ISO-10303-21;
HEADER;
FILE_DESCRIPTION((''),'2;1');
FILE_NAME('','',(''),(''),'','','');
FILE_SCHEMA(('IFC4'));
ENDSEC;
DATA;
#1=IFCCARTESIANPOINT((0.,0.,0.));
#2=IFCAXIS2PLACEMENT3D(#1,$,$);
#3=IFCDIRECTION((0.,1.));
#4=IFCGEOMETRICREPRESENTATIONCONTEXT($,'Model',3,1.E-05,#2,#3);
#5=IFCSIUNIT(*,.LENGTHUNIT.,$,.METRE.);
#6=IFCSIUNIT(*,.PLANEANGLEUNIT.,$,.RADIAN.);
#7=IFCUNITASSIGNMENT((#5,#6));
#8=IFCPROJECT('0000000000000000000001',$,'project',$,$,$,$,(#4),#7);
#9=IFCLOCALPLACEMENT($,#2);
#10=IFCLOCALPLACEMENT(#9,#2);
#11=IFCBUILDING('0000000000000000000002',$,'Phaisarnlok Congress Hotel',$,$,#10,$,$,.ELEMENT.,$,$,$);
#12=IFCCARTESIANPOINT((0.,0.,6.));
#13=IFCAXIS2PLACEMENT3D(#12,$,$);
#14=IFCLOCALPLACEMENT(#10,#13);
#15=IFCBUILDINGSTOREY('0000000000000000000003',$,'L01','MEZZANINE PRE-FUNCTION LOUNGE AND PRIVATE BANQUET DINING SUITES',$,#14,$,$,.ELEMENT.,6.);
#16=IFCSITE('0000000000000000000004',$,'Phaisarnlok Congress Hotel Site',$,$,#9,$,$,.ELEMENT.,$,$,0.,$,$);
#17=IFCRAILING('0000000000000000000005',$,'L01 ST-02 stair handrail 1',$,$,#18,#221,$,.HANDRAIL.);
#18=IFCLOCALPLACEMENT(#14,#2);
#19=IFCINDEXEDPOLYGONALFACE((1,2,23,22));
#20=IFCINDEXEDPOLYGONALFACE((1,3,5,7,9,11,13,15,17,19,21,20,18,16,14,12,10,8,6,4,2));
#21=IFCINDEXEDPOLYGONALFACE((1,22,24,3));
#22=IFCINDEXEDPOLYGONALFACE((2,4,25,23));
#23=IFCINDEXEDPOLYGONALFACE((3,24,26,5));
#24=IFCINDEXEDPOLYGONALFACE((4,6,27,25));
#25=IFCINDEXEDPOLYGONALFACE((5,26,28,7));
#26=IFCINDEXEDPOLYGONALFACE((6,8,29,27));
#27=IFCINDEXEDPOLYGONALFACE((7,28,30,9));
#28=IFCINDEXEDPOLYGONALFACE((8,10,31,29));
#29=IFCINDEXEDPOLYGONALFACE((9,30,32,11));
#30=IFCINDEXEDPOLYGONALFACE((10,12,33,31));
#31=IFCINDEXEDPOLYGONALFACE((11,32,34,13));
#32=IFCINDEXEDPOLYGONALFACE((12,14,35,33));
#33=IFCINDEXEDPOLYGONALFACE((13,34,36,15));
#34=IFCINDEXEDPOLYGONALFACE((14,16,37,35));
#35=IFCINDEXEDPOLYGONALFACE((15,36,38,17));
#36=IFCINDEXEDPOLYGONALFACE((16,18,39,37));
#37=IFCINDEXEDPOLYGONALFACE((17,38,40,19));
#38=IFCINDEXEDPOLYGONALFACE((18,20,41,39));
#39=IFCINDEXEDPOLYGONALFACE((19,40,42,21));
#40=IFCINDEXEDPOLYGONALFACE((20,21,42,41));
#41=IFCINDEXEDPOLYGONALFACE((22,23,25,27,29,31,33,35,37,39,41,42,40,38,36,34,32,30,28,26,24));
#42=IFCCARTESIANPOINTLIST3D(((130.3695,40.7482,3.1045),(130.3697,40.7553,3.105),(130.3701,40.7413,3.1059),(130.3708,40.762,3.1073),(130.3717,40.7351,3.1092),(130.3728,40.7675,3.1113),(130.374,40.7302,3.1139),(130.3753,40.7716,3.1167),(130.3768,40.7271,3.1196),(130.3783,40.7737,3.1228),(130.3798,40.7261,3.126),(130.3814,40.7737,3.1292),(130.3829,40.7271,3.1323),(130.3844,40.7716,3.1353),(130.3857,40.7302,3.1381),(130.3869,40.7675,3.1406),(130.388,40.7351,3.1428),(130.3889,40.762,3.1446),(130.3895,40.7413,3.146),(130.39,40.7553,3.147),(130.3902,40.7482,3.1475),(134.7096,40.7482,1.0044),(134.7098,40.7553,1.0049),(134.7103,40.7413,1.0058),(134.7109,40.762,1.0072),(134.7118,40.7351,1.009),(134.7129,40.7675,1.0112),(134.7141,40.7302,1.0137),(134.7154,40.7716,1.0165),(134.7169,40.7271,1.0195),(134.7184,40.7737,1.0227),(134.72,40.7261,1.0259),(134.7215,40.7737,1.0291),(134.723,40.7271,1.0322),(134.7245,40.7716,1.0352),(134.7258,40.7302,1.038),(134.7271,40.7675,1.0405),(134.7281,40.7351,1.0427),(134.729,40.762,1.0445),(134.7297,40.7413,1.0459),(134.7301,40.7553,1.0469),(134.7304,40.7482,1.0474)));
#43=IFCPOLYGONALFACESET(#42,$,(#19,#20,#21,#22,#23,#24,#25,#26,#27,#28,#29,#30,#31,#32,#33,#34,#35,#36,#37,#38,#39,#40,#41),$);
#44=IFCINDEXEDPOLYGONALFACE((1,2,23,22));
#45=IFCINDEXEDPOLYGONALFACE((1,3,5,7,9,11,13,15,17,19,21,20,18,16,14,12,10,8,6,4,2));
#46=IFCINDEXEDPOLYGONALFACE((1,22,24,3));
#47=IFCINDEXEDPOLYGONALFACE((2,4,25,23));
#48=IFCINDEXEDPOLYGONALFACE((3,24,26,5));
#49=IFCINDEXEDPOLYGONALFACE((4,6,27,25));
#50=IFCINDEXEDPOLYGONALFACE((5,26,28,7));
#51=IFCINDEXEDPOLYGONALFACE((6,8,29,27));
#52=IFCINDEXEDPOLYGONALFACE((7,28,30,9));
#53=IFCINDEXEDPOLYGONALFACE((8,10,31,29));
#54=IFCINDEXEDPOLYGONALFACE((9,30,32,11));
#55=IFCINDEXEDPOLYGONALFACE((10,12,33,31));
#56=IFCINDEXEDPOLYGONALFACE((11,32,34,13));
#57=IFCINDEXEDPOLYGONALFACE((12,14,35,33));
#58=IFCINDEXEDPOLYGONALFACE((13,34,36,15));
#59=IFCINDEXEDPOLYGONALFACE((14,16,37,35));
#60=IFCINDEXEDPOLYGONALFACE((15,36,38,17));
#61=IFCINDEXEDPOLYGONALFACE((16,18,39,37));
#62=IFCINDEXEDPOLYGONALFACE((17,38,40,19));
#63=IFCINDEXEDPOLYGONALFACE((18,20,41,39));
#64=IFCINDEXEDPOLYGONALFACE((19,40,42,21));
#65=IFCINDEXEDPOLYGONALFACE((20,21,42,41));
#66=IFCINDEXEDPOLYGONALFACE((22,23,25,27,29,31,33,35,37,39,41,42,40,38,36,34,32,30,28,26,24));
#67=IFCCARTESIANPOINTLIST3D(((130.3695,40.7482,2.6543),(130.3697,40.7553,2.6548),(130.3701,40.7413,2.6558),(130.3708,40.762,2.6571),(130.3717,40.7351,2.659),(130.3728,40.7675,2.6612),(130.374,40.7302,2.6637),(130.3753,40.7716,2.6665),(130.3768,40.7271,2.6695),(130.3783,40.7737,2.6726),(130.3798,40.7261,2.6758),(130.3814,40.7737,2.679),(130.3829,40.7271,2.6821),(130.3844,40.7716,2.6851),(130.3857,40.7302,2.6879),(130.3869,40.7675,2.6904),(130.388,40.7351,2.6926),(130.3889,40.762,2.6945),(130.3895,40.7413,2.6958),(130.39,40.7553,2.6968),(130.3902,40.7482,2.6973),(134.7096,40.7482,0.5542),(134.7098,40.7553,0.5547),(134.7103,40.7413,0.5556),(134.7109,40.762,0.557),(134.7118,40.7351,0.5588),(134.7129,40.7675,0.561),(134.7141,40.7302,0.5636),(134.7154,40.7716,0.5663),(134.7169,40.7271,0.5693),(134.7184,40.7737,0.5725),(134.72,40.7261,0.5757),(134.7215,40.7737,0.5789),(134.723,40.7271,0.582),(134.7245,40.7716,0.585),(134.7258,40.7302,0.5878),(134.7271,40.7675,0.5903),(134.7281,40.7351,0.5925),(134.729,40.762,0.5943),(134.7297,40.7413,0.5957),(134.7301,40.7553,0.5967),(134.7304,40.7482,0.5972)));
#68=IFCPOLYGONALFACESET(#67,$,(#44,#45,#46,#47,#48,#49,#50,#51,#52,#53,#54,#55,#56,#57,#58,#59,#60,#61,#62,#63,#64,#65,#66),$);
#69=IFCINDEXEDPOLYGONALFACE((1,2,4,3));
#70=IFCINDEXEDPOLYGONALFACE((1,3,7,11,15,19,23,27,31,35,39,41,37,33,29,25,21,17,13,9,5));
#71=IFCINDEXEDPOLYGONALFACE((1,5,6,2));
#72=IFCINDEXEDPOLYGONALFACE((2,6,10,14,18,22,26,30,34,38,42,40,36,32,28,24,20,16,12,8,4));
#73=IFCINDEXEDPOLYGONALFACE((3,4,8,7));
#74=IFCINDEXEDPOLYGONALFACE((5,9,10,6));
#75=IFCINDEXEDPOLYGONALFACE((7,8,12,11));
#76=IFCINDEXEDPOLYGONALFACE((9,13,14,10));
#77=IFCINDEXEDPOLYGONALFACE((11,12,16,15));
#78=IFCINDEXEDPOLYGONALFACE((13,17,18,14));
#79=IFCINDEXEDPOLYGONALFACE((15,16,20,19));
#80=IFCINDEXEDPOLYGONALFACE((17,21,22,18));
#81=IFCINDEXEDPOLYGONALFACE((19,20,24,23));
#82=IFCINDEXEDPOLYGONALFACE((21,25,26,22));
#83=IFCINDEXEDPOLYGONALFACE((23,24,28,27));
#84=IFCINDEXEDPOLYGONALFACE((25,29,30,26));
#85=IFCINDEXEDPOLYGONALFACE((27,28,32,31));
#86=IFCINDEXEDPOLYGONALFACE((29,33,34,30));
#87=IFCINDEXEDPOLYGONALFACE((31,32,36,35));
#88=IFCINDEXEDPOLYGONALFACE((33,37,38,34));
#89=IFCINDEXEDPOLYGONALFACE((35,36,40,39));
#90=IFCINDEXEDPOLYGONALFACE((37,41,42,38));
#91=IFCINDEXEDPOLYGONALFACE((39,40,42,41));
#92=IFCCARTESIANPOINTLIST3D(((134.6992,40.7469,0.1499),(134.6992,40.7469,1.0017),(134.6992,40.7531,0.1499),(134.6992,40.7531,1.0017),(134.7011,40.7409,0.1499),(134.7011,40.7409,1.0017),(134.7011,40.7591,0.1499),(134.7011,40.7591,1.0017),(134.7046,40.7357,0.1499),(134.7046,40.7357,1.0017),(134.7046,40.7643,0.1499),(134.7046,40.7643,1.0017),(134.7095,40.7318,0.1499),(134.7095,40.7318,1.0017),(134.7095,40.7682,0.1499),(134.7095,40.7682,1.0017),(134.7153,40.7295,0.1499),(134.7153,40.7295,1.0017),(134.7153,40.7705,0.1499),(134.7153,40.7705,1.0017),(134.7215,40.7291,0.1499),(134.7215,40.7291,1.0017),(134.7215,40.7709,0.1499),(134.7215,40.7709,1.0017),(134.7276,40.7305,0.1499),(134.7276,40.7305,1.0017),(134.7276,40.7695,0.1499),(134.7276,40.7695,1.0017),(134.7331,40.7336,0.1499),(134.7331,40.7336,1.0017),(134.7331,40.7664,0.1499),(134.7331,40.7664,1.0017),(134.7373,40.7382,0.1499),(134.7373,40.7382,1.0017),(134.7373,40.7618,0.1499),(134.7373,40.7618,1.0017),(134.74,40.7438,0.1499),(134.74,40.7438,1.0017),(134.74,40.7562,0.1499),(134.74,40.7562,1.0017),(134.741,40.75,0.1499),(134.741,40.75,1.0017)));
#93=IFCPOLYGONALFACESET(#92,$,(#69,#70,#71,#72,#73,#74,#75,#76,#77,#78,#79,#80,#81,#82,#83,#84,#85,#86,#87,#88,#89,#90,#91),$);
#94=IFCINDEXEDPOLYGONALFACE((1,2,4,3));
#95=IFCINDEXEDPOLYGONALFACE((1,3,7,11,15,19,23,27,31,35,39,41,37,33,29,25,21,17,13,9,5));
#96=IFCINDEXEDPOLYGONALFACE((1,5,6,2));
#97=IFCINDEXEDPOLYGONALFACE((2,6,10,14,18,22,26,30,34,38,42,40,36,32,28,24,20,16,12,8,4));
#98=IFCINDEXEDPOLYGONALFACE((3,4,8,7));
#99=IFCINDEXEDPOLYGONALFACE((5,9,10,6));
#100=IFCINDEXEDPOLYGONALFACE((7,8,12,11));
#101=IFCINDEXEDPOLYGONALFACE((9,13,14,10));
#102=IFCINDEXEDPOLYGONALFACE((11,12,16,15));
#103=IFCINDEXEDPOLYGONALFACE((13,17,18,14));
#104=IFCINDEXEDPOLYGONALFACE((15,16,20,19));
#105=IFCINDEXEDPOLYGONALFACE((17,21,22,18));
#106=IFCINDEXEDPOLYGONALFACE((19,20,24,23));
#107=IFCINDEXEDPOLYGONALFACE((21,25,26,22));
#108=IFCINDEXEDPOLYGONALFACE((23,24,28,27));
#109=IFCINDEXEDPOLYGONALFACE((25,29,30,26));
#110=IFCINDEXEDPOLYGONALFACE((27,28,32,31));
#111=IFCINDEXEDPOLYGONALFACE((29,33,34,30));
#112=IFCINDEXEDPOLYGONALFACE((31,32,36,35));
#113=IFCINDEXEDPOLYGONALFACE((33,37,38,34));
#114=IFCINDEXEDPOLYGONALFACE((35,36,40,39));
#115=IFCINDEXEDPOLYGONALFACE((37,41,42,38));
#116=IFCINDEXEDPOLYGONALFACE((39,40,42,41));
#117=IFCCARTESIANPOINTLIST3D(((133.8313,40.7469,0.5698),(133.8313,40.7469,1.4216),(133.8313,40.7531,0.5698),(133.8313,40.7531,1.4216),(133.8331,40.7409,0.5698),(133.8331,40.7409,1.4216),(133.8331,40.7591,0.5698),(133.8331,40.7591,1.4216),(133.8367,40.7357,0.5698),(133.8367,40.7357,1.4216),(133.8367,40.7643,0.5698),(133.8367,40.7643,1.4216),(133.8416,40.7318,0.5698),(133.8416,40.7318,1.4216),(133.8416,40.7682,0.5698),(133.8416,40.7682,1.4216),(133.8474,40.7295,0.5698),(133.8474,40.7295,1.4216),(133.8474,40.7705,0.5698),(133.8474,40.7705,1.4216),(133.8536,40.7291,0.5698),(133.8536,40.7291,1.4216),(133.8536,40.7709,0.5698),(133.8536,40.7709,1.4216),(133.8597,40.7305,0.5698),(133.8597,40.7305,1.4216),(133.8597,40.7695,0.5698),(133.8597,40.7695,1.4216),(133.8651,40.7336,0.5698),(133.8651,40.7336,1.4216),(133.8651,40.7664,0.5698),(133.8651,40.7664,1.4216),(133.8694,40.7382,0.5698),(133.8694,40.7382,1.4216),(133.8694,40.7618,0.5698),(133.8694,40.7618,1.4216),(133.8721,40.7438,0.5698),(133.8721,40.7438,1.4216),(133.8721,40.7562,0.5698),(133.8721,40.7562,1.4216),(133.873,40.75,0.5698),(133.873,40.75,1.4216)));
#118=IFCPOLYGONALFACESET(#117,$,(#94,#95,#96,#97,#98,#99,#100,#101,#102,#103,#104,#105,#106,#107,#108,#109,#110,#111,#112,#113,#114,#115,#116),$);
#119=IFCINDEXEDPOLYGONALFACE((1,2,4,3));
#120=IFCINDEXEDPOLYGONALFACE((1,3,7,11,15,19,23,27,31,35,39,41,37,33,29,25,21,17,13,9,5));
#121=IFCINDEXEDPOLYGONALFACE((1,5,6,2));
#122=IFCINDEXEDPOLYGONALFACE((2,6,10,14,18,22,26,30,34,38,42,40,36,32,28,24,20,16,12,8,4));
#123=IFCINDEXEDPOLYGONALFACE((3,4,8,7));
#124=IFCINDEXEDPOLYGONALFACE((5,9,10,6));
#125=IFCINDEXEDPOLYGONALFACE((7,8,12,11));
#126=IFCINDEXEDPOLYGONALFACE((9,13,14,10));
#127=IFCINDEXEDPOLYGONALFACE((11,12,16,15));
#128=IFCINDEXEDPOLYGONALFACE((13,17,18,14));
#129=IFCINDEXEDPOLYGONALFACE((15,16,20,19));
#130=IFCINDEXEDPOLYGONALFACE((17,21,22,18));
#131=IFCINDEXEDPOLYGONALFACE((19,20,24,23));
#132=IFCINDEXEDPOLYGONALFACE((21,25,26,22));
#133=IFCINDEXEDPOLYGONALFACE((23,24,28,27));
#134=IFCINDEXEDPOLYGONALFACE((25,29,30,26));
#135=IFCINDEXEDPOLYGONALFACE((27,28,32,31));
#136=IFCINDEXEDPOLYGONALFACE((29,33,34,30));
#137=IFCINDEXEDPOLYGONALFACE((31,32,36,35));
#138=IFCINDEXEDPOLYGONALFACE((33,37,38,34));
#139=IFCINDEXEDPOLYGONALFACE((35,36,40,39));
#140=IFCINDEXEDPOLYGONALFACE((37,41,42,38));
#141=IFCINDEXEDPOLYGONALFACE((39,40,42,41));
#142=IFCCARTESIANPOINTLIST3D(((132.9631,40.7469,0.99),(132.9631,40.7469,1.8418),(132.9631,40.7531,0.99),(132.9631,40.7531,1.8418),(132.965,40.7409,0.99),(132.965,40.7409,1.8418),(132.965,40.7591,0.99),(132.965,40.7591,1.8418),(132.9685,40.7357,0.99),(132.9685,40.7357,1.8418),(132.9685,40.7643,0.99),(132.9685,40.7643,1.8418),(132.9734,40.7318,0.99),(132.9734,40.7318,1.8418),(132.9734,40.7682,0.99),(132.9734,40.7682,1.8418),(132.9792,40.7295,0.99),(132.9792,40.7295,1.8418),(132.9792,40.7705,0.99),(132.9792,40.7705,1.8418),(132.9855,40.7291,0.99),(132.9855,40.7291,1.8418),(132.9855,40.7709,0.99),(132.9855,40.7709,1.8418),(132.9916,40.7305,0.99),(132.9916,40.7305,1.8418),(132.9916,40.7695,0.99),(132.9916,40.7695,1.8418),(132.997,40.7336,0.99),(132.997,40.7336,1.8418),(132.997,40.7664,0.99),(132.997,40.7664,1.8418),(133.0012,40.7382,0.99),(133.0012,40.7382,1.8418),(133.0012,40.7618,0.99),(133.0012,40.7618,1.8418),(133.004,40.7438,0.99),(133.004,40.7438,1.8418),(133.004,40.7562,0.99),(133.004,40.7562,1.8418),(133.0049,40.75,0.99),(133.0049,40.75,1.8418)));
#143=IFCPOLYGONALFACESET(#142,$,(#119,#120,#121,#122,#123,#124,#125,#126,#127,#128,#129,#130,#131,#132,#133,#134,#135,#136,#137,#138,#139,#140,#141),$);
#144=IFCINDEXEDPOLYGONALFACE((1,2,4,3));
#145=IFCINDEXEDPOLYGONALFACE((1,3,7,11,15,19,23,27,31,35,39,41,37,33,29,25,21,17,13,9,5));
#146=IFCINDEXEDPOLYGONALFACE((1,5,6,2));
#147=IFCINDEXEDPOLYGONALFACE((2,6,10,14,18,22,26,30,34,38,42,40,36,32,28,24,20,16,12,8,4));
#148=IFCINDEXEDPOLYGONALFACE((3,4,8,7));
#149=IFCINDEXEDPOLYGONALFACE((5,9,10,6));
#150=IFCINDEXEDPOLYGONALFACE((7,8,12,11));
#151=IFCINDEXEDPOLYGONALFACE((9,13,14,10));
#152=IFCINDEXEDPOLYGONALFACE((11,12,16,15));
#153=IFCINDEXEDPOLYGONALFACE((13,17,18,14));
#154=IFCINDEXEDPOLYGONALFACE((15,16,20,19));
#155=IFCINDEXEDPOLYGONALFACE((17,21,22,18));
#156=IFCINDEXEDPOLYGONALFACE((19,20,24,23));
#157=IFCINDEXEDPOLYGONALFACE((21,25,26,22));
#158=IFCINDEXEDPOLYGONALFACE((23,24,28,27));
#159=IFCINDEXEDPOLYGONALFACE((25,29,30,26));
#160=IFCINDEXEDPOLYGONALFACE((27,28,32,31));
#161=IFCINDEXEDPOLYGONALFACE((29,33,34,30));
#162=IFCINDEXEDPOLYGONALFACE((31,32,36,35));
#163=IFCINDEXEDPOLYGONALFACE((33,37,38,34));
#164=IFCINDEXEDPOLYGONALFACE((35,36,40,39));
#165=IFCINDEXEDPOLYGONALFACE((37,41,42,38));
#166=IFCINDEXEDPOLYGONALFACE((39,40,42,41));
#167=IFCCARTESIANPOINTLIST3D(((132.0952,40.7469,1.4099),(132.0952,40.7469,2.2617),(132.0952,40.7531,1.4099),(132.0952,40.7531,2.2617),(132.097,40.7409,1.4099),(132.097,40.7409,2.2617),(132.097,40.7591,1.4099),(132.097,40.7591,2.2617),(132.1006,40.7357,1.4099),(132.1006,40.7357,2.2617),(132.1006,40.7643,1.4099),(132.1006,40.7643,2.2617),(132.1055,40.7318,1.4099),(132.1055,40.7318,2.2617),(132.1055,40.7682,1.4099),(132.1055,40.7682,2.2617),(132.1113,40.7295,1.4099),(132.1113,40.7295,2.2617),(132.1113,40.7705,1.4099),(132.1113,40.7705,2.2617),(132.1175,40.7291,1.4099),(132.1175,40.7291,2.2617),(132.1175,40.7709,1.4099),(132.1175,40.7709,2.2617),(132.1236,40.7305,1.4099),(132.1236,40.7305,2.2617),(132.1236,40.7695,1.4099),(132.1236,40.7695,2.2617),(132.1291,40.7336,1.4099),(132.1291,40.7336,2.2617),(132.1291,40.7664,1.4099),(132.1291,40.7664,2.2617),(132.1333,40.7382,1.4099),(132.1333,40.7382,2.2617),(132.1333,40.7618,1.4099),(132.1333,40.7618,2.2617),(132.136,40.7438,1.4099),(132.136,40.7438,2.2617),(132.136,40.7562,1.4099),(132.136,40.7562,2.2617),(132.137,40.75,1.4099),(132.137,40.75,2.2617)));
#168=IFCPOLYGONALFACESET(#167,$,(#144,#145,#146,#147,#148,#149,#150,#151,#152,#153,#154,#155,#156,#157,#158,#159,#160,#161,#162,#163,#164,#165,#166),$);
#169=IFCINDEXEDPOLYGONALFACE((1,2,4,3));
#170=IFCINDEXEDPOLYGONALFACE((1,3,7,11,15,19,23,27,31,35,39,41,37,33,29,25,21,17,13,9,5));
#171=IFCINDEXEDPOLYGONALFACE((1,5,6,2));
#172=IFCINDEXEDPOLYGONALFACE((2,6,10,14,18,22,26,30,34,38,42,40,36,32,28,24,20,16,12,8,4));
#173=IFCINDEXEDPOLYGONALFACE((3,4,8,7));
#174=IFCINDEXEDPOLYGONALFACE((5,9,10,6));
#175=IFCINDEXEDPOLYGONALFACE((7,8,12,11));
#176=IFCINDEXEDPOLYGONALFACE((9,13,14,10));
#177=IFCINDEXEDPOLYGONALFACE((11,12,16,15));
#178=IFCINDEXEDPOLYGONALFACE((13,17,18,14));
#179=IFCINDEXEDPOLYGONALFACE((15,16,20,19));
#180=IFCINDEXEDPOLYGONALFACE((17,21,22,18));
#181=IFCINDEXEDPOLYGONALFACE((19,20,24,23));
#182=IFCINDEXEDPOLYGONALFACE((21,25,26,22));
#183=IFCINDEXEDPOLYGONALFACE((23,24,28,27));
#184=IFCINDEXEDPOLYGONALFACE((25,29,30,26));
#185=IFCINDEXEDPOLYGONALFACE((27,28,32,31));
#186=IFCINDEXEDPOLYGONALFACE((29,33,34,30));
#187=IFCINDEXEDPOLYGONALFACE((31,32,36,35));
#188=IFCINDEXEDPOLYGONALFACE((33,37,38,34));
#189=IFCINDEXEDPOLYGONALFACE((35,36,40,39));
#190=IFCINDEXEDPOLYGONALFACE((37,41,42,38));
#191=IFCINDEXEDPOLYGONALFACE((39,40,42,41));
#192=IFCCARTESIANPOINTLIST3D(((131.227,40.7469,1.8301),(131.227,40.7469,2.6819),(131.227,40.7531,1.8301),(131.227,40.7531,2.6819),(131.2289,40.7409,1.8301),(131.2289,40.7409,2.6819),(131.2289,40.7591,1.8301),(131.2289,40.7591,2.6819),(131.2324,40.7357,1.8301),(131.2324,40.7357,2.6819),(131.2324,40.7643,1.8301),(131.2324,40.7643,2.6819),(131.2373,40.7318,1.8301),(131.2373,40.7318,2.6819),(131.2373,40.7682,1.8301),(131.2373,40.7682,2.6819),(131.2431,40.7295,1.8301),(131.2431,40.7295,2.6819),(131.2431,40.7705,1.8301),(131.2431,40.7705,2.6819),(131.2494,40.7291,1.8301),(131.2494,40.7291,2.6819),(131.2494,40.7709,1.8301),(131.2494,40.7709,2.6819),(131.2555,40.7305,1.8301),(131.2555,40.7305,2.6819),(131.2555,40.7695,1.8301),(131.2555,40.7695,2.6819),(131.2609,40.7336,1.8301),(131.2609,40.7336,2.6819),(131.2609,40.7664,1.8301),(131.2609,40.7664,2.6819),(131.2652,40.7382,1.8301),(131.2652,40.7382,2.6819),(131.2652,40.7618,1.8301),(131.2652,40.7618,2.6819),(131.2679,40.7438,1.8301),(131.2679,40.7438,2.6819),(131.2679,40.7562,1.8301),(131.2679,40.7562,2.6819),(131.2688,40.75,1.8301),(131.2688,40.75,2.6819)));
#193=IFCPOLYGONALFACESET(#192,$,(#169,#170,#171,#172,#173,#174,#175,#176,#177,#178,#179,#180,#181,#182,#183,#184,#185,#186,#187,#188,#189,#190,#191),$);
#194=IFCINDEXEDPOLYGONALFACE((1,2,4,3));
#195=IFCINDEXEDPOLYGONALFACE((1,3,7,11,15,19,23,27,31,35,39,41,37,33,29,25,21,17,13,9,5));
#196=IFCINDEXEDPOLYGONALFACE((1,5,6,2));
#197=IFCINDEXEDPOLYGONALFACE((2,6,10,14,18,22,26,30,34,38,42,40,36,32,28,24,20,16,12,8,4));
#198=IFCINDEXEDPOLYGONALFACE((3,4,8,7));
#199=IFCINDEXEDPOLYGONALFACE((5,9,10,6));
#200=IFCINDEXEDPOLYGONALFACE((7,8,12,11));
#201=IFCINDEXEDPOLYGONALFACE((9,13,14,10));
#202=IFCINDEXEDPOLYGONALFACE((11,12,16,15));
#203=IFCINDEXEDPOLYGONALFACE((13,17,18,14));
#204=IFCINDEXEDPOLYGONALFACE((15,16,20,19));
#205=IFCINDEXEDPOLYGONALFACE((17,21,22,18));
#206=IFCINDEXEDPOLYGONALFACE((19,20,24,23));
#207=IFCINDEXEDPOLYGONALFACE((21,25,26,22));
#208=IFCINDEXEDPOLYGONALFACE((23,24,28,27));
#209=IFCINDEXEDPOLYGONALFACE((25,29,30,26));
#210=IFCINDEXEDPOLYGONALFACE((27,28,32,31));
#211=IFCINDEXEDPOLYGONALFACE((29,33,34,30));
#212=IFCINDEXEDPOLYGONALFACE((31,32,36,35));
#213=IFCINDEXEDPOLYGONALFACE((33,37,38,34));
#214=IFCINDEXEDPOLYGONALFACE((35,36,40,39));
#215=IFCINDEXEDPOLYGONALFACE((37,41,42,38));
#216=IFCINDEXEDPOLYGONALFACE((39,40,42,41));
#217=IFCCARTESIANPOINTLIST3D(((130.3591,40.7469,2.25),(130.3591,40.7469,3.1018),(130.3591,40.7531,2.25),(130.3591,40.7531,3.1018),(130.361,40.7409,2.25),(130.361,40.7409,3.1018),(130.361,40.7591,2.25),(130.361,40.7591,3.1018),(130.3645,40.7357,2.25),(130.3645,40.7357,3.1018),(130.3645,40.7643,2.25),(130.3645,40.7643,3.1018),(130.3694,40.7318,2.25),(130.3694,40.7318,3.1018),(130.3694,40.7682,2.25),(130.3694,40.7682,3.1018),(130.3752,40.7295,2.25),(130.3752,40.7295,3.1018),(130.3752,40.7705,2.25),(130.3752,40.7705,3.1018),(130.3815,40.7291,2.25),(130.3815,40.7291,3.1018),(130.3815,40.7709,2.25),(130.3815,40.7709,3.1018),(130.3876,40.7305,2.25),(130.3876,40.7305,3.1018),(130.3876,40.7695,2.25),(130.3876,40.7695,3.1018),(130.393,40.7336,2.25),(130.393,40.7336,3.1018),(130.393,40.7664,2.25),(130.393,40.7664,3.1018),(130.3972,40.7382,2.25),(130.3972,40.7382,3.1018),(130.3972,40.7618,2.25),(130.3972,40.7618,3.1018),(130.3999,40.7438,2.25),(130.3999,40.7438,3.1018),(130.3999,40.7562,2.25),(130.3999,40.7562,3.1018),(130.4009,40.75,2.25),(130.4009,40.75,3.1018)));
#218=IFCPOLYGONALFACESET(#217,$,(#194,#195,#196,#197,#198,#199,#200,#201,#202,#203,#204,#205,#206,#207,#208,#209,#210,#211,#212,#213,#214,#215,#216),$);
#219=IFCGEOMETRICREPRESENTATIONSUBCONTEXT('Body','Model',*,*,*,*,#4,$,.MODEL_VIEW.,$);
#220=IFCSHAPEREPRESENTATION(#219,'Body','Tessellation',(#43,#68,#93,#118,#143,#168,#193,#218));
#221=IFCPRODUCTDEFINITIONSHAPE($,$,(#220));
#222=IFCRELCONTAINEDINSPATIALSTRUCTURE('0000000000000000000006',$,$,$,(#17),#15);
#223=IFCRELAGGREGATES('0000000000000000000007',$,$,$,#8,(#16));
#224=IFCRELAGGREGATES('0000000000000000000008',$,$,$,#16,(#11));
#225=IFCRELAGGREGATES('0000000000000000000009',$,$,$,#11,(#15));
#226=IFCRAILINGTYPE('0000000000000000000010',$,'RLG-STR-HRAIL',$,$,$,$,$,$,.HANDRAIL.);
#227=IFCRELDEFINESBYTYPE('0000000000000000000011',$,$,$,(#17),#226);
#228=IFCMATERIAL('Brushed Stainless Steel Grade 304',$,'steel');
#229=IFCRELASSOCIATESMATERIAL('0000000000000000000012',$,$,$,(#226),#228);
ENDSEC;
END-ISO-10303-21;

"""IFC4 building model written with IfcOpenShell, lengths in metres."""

from ifc_helpers import new_model, si_unit, direction, frame, origin, origin_2d, place, context, subcontext, project, spatial, circle, extrude, material, type_object, element, save


model = new_model("IFC4")

# Units and contexts
model_context = context("Model", 3, precision=1e-05, world=origin(), true_north=direction((0.0, 1.0)))
body_context = subcontext(model_context, "Body", "Model", "MODEL_VIEW")
ifc_project = project(units=[si_unit("LENGTHUNIT", "METRE"), si_unit("PLANEANGLEUNIT", "RADIAN")], contexts=[model_context])

# Site, building, storey
site_placement = place(None, origin())
site = spatial("IfcSite", under=ifc_project, at=site_placement, Name="Phaisarnlok Congress Hotel Site", CompositionType="ELEMENT", RefElevation=0.0)
building_placement = place(site_placement, origin())
building = spatial("IfcBuilding", under=site, at=building_placement, Name="Phaisarnlok Congress Hotel", CompositionType="ELEMENT")
storey_placement = place(building_placement, frame((0.0, 0.0, 6.0)))
storey = spatial("IfcBuildingStorey", under=building, at=storey_placement, Name="L01", Description="MEZZANINE PRE-FUNCTION LOUNGE AND PRIVATE BANQUET DINING SUITES", CompositionType="ELEMENT", Elevation=6.0)

# Shared definitions
ifc_material_1 = material(Name="Brushed Stainless Steel Grade 304", Category="steel")

# Railing
railing_type_1 = type_object("IfcRailingType", Name="RLG-STR-HRAIL", PredefinedType="HANDRAIL", material=ifc_material_1)
railing_1_placement = place(storey_placement, frame((134.72, 40.75, 0.1499)))
element("IfcRailing", 1, at=railing_1_placement, inside=storey, type_object=railing_type_1, Name="L01 ST-02 stair handrail 1", PredefinedType="HANDRAIL", context=body_context, shape_type="SweptSolid", body=[
    extrude(circle(Radius=0.0239, at=origin_2d()), frame((0.0, 0.0, 0.876), z_axis=(-0.900155, 0.0, 0.43557), x_axis=(0.0, -1.0, 0.0)), (0.0, 0.0, 1.0), 4.8215),
    extrude(circle(Radius=0.0239, at=origin_2d()), frame((0.0, 0.0, 0.4258), z_axis=(-0.900155, 0.0, 0.43557), x_axis=(0.0, -1.0, 0.0)), (0.0, 0.0, 1.0), 4.8215),
    extrude(circle(Radius=0.021, at=origin_2d()), origin(), (0.0, 0.0, 1.0), 0.8518),
    extrude(circle(Radius=0.021, at=origin_2d()), frame((-0.8679, 0.0, 0.4199)), (0.0, 0.0, 1.0), 0.8518),
    extrude(circle(Radius=0.021, at=origin_2d()), frame((-1.7361, 0.0, 0.8401)), (0.0, 0.0, 1.0), 0.8518),
    extrude(circle(Radius=0.021, at=origin_2d()), frame((-2.604, 0.0, 1.26)), (0.0, 0.0, 1.0), 0.8518),
    extrude(circle(Radius=0.021, at=origin_2d()), frame((-3.4722, 0.0, 1.6802)), (0.0, 0.0, 1.0), 0.8518),
    extrude(circle(Radius=0.021, at=origin_2d()), frame((-4.3401, 0.0, 2.1001)), (0.0, 0.0, 1.0), 0.8518),
])

save(model, "model.ifc")
